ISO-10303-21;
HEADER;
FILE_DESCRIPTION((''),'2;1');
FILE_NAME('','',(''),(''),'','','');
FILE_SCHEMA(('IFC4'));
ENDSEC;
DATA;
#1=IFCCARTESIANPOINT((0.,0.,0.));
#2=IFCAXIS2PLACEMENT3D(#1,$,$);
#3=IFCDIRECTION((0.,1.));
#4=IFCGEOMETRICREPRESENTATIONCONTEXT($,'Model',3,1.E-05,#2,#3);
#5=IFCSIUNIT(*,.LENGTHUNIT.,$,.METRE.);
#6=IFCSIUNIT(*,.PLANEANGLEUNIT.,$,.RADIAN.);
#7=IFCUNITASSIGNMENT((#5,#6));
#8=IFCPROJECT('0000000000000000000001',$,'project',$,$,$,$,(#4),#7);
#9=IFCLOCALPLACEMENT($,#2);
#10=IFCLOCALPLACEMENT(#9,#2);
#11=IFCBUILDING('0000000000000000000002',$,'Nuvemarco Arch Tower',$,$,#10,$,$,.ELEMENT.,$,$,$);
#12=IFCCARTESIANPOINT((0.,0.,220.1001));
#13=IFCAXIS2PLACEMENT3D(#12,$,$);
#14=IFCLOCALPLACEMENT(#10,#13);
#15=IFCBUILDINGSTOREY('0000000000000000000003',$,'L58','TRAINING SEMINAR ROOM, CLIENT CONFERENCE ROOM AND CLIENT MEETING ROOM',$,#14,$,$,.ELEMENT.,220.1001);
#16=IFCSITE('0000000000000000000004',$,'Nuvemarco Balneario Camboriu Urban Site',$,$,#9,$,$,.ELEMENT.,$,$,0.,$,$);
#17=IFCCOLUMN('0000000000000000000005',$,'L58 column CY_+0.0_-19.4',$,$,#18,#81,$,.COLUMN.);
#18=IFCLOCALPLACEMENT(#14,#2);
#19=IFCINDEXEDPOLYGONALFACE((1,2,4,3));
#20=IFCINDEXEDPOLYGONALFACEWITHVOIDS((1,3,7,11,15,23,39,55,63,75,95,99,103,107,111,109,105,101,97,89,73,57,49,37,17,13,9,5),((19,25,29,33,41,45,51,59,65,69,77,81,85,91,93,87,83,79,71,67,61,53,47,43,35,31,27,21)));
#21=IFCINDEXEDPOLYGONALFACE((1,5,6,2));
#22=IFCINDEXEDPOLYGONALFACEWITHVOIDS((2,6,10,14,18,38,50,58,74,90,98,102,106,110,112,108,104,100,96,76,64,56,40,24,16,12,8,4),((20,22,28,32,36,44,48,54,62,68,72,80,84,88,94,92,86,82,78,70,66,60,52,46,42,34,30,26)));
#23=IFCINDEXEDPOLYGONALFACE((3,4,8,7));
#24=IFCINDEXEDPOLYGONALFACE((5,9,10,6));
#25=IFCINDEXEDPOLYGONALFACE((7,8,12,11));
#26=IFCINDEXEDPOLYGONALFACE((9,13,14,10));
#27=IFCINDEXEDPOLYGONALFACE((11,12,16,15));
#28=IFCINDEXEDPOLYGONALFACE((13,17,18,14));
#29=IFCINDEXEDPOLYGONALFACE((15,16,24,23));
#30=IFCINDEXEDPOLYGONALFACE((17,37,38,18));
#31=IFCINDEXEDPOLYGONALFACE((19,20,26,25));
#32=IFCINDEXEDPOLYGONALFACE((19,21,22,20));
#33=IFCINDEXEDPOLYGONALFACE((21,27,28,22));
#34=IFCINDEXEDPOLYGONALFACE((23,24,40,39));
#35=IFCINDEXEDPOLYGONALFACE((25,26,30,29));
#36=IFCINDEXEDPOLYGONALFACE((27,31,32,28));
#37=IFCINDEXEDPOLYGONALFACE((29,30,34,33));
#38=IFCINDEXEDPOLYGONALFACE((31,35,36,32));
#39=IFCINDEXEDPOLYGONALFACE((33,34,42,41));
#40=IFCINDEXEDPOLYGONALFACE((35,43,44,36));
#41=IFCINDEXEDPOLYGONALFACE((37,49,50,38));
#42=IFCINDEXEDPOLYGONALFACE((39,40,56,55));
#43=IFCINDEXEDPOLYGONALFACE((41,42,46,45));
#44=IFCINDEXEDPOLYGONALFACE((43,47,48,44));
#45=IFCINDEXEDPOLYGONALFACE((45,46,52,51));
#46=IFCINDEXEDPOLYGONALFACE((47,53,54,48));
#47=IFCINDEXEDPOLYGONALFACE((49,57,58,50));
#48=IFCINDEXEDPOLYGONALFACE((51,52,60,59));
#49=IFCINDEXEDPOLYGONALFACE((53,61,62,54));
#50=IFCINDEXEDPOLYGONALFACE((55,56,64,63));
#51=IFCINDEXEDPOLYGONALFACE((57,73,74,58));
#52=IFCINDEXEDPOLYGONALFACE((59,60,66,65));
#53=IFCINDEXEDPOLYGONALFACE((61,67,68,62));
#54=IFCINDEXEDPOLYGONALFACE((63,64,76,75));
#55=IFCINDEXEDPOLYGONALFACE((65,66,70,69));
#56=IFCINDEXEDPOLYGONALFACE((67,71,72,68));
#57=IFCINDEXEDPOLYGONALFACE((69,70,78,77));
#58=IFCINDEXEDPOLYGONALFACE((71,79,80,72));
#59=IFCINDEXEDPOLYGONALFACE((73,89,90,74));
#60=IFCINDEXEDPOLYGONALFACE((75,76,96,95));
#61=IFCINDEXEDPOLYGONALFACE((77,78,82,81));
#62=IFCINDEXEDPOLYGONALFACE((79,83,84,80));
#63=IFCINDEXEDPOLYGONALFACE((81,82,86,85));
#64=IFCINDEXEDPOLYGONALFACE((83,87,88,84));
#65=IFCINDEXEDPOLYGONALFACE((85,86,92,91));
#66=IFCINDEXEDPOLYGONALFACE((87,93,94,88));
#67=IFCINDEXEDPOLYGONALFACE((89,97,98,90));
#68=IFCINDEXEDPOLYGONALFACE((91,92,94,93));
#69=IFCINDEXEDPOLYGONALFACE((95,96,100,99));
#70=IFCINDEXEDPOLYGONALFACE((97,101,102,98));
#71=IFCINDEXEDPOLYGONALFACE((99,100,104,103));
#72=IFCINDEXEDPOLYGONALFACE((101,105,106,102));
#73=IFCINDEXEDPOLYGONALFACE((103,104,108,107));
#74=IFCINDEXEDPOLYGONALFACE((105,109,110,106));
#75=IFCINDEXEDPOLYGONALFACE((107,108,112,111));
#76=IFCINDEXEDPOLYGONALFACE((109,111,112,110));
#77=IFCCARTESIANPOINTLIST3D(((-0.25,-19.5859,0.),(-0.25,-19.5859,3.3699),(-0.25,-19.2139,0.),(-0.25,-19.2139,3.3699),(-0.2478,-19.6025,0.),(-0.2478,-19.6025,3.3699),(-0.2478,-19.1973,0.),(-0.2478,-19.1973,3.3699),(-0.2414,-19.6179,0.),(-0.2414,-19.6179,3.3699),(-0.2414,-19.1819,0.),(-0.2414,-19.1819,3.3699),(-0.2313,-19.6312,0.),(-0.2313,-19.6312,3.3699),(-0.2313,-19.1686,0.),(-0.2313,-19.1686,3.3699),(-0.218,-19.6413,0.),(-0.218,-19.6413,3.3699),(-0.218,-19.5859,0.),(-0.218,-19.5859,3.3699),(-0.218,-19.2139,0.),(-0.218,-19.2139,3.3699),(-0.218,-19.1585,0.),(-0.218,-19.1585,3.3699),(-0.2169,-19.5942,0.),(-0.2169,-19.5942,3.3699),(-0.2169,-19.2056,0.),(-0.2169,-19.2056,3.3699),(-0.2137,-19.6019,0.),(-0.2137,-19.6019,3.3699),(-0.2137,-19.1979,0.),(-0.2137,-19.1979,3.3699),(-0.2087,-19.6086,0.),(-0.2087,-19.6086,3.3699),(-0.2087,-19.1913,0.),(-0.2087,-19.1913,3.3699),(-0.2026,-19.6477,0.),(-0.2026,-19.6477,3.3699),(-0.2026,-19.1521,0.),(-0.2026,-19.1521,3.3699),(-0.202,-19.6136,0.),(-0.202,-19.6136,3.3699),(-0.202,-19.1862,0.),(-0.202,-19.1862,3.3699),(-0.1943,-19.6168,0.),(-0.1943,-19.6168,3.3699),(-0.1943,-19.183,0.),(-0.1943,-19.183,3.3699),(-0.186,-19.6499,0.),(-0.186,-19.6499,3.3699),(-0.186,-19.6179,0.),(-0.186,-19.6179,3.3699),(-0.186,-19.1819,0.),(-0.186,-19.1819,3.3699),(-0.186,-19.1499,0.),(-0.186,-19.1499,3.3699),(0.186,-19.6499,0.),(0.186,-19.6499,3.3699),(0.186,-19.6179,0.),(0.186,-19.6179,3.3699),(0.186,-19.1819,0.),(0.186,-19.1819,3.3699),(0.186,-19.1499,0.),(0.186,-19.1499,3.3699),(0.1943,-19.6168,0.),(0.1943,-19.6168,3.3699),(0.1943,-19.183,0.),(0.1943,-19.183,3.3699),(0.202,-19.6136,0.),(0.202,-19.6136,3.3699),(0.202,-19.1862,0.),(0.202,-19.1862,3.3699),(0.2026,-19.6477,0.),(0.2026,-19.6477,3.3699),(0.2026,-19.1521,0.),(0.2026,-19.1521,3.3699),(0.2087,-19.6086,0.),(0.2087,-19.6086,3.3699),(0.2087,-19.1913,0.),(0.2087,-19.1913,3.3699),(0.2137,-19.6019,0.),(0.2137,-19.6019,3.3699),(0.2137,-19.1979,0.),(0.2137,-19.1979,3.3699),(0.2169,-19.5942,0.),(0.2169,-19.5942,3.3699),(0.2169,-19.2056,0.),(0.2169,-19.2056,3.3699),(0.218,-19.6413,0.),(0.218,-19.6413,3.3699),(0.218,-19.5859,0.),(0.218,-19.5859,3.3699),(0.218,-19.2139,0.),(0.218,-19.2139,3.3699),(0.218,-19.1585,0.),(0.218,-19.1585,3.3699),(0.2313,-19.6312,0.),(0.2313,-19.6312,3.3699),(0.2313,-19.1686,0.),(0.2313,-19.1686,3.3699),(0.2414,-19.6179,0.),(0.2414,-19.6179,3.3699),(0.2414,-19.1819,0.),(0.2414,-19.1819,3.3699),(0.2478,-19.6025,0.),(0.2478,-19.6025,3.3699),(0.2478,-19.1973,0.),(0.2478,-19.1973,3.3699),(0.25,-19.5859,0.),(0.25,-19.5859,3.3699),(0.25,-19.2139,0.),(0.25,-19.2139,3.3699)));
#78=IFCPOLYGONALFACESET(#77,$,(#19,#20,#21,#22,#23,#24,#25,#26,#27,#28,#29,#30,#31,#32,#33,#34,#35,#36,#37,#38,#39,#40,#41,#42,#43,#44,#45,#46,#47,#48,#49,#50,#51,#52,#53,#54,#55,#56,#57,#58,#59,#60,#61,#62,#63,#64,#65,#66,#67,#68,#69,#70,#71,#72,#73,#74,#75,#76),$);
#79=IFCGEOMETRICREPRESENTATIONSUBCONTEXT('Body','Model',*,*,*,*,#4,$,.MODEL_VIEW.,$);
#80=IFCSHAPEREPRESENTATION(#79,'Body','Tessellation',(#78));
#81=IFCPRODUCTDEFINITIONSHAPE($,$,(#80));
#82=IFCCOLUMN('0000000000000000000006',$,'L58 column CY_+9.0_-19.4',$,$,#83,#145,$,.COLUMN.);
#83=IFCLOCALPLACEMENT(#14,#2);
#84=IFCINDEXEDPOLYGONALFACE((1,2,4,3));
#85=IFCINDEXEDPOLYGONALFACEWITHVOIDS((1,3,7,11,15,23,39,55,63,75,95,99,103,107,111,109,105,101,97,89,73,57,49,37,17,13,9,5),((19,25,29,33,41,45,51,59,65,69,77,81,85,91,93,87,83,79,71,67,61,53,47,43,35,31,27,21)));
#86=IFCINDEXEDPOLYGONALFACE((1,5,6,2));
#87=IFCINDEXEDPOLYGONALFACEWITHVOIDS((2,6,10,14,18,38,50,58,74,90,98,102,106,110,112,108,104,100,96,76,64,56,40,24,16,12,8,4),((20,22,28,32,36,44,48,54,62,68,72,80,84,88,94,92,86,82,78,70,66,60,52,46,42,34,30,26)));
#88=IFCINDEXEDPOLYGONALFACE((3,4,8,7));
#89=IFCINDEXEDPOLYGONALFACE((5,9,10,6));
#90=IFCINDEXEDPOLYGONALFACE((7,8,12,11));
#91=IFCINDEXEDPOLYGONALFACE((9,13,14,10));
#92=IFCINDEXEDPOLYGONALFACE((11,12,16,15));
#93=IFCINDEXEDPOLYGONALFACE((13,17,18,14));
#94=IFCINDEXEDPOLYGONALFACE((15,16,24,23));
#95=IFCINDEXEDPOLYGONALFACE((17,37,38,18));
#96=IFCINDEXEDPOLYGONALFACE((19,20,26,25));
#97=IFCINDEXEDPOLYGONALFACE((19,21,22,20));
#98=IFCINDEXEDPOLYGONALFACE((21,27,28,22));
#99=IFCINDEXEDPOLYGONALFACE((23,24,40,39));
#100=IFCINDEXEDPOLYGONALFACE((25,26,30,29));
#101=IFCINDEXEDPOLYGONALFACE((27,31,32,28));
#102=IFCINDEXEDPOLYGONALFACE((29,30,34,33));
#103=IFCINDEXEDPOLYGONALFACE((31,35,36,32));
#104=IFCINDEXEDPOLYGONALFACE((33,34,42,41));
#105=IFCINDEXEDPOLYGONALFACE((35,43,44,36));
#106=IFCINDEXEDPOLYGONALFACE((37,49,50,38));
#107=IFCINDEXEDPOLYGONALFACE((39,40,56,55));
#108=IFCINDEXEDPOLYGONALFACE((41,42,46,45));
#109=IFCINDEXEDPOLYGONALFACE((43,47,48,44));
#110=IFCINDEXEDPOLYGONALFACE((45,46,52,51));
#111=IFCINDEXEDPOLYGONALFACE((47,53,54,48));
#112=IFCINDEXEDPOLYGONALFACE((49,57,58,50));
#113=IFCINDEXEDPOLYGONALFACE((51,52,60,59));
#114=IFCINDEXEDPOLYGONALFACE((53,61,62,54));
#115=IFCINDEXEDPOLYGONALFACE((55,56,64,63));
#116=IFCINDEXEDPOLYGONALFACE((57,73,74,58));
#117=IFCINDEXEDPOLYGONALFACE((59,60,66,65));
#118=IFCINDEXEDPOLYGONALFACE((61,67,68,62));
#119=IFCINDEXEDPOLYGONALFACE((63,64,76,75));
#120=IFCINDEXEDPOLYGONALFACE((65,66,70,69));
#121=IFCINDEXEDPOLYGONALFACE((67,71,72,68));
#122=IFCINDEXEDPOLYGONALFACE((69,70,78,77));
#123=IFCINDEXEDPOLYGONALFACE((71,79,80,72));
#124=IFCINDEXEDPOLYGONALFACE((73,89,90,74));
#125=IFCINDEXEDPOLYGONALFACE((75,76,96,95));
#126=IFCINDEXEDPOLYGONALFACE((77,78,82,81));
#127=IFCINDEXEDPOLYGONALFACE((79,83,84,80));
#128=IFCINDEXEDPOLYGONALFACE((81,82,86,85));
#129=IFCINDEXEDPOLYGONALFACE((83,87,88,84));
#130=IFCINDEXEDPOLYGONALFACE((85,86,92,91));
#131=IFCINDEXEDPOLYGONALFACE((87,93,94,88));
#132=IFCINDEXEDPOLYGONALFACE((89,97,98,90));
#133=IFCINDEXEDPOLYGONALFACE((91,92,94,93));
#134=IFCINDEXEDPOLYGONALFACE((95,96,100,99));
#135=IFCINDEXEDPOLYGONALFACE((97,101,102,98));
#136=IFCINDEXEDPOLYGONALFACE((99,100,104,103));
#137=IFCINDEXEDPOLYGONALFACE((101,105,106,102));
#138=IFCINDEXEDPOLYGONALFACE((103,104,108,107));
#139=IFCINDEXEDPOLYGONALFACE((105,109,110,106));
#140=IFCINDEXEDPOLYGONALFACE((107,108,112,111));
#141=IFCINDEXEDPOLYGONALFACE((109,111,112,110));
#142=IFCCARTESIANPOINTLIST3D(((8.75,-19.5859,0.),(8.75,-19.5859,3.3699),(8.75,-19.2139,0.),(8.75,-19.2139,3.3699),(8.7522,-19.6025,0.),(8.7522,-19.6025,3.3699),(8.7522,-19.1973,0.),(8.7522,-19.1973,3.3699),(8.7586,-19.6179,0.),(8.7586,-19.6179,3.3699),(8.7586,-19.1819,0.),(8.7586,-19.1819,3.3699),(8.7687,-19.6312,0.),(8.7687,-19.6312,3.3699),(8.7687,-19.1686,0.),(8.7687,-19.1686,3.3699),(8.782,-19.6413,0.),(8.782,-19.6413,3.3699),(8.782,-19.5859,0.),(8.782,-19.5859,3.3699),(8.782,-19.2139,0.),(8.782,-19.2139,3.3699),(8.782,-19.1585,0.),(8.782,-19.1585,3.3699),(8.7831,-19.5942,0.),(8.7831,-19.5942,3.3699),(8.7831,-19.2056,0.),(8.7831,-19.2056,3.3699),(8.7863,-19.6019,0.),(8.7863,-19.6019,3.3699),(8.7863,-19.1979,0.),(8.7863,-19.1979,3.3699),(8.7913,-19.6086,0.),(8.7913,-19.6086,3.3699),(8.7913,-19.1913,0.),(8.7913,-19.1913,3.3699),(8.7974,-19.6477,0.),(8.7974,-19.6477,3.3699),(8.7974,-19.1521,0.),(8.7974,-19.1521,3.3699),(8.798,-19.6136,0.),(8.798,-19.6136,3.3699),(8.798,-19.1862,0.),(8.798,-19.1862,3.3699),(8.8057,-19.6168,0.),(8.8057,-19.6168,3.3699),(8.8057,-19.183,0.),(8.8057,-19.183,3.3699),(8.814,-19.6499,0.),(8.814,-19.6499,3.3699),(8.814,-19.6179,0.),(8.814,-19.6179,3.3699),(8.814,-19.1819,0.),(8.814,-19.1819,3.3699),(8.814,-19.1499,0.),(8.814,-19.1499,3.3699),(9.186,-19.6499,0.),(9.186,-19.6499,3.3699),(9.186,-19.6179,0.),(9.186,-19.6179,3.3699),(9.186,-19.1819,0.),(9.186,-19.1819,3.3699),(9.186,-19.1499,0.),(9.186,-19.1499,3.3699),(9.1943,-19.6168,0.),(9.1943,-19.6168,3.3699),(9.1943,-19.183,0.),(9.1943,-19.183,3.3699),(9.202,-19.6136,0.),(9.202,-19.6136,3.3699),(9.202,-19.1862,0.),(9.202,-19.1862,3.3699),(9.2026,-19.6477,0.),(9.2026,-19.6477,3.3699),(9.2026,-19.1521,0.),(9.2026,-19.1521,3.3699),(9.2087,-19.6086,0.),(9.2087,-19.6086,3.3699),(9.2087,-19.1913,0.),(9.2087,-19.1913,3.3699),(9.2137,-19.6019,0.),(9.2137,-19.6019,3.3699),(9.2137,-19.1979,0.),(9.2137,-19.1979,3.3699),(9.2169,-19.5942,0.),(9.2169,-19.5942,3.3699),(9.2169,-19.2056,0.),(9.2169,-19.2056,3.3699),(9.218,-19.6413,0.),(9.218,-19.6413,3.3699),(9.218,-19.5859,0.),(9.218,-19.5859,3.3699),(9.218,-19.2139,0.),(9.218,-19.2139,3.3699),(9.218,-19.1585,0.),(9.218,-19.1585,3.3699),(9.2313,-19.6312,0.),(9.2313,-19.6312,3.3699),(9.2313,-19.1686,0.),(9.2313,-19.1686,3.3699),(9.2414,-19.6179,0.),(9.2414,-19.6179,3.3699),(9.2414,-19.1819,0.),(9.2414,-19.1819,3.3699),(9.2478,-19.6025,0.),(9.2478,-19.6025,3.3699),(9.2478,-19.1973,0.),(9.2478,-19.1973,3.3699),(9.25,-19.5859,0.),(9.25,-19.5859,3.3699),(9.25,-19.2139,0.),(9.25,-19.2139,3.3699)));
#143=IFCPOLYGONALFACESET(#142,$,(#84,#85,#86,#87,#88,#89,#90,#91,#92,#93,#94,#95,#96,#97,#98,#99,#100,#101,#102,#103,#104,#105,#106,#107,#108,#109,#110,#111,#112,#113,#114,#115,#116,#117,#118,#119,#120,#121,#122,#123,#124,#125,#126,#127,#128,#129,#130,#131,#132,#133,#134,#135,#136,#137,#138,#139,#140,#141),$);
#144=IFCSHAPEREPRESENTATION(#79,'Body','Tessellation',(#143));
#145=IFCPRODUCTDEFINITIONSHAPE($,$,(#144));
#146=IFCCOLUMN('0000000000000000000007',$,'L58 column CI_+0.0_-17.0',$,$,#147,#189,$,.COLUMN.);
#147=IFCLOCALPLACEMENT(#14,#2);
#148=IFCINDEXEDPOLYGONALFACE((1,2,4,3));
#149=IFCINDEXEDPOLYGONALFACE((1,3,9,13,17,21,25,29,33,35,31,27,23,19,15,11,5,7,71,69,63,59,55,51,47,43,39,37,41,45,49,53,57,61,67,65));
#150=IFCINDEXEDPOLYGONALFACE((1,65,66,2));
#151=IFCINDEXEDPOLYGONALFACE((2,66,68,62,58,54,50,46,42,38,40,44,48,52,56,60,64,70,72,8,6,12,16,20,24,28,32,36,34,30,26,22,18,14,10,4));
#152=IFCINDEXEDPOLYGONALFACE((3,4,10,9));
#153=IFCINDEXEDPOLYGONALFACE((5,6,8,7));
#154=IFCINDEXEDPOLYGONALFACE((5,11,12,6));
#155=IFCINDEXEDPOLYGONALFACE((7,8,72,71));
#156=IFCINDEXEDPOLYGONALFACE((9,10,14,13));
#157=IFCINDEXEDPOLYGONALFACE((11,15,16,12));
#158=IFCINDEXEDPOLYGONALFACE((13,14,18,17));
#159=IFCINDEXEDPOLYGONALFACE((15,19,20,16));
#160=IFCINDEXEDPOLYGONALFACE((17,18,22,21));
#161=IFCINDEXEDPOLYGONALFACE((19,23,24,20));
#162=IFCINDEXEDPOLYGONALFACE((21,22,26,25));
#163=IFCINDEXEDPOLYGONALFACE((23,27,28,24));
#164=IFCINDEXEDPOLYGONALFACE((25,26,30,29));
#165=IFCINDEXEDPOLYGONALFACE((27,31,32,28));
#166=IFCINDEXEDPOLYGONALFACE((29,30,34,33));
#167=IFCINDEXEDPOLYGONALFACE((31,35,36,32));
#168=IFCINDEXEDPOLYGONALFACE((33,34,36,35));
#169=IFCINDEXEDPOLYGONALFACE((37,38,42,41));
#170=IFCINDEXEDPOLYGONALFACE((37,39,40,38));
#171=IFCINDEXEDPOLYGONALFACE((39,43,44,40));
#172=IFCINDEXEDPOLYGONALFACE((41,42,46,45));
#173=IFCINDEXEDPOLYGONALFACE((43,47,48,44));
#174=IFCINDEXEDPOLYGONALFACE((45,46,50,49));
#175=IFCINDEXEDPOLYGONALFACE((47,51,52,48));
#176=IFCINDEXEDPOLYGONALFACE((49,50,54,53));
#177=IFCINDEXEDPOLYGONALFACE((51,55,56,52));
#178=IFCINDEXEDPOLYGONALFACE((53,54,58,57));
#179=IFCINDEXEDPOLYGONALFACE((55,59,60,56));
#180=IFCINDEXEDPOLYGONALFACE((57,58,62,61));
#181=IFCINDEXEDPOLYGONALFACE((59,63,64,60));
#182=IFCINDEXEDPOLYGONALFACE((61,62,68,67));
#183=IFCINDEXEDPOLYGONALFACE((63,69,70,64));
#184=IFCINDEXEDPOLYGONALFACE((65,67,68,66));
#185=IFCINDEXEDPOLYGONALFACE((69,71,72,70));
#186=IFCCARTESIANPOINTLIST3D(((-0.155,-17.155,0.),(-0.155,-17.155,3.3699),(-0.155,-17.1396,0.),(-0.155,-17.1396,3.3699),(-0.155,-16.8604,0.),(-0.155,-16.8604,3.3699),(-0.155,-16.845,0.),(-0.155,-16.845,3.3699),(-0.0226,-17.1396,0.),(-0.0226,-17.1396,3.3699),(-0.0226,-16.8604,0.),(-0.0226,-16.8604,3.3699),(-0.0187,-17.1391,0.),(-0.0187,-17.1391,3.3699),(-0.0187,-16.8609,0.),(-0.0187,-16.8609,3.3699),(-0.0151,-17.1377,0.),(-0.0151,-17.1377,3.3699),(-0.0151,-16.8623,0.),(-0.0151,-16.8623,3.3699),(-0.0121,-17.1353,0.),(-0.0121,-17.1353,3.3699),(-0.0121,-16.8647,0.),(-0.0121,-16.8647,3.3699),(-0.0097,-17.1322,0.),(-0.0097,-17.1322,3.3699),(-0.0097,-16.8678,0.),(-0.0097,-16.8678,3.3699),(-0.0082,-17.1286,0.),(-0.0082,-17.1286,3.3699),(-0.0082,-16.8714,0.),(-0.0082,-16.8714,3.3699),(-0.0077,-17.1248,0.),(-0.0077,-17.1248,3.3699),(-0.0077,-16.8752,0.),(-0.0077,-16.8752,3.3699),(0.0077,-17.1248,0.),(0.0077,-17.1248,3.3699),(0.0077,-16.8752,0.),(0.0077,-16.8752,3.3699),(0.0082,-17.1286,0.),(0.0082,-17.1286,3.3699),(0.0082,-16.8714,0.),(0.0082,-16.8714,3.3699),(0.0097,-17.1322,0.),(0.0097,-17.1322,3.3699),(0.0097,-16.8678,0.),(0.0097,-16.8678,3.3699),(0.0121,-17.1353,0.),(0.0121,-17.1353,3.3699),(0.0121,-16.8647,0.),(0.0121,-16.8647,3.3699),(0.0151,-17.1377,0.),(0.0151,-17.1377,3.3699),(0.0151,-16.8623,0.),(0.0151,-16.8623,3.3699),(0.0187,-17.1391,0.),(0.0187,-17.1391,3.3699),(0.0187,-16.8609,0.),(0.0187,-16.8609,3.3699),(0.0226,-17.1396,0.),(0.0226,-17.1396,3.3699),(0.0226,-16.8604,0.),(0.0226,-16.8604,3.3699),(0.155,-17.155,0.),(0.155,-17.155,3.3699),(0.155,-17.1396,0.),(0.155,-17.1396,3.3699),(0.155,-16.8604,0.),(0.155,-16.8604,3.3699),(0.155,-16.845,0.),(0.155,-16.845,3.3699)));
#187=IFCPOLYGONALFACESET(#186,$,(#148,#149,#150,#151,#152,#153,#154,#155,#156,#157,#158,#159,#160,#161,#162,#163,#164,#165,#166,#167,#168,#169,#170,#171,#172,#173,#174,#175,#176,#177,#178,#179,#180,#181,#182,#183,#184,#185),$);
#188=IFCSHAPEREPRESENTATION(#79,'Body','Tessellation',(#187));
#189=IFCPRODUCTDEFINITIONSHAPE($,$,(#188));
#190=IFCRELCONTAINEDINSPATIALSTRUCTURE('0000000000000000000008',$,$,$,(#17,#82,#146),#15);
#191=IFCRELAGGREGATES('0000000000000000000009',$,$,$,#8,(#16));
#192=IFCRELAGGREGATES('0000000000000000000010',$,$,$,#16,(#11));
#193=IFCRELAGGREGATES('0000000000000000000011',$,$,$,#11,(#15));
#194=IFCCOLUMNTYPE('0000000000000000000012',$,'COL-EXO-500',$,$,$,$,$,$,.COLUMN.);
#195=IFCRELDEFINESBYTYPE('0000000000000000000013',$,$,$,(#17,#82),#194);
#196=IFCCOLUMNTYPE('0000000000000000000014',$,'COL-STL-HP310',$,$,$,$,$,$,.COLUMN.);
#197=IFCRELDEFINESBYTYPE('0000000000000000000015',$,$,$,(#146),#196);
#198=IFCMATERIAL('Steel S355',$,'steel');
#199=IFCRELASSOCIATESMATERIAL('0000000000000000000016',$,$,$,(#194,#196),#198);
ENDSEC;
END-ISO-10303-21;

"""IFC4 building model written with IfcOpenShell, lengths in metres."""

from ifc_helpers import new_model, si_unit, direction, frame, origin, origin_2d, place, context, subcontext, project, spatial, hollow_rectangle, i_section, extrude, material, material_profile, profile_set, type_object, element, save


model = new_model("IFC4")

# Units and contexts
model_context = context("Model", 3, precision=1e-05, world=origin(), true_north=direction((0.0, 1.0)))
body_context = subcontext(model_context, "Body", "Model", "MODEL_VIEW")
ifc_project = project(units=[si_unit("LENGTHUNIT", "METRE"), si_unit("PLANEANGLEUNIT", "RADIAN")], contexts=[model_context])

# Site, building, storey
site_placement = place(None, origin())
site = spatial("IfcSite", under=ifc_project, at=site_placement, Name="Nuvemarco Balneario Camboriu Urban Site", CompositionType="ELEMENT", RefElevation=0.0)
building_placement = place(site_placement, origin())
building = spatial("IfcBuilding", under=site, at=building_placement, Name="Nuvemarco Arch Tower", CompositionType="ELEMENT")
storey_placement = place(building_placement, frame((0.0, 0.0, 220.1001)))
storey = spatial("IfcBuildingStorey", under=building, at=storey_placement, Name="L58", Description="TRAINING SEMINAR ROOM, CLIENT CONFERENCE ROOM AND CLIENT MEETING ROOM", CompositionType="ELEMENT", Elevation=220.1001)

# Columns
ifc_material_1 = material(Name="Steel S355", Category="steel")
ifc_material_profile_1 = material_profile(ifc_material_1, hollow_rectangle(XDim=0.5, YDim=0.5, WallThickness=0.032, InnerFilletRadius=0.032, OuterFilletRadius=0.064, at=origin_2d()), Name="SHS500x500x32")
ifc_profile_set_1 = profile_set([ifc_material_profile_1], Name="Steel S355")
column_type_1 = type_object("IfcColumnType", Name="COL-EXO-500", PredefinedType="COLUMN", material=ifc_profile_set_1)
for number, where, z_axis, x_axis, name in (
    (1, (0.0, -19.3999, 0.0), (0.0, 0.0, 1.0), (1.0, 0.0, 0.0), "L58 column CY_+0.0_-19.4"),
    (2, (9.0, -19.3999, 0.0), (0.0, 0.0, 1.0), (1.0, 0.0, 0.0), "L58 column CY_+9.0_-19.4"),
):
    element("IfcColumn", number, at=place(storey_placement, frame(where, z_axis=z_axis, x_axis=x_axis)), inside=storey, type_object=column_type_1, Name=name, PredefinedType="COLUMN", context=body_context, shape_type="SweptSolid", body=[
        extrude(hollow_rectangle(XDim=0.5, YDim=0.5, WallThickness=0.032, InnerFilletRadius=0.032, OuterFilletRadius=0.064, at=origin_2d()), origin(), (0.0, 0.0, 1.0), 3.3699),
    ])
ifc_material_profile_2 = material_profile(ifc_material_1, i_section(OverallWidth=0.3101, OverallDepth=0.3101, WebThickness=0.0154, FlangeThickness=0.0154, FilletRadius=0.0149, at=origin_2d()), Name="HP310x110")
ifc_profile_set_2 = profile_set([ifc_material_profile_2], Name="Steel S355")
column_type_2 = type_object("IfcColumnType", Name="COL-STL-HP310", PredefinedType="COLUMN", material=ifc_profile_set_2)
for number, where, z_axis, x_axis, name in (
    (3, (0.0, -17.0, 0.0), (0.0, 0.0, 1.0), (1.0, 0.0, 0.0), "L58 column CI_+0.0_-17.0"),
):
    element("IfcColumn", number, at=place(storey_placement, frame(where, z_axis=z_axis, x_axis=x_axis)), inside=storey, type_object=column_type_2, Name=name, PredefinedType="COLUMN", context=body_context, shape_type="SweptSolid", body=[
        extrude(i_section(OverallWidth=0.3101, OverallDepth=0.3101, WebThickness=0.0154, FlangeThickness=0.0154, FilletRadius=0.0149, at=origin_2d()), origin(), (0.0, 0.0, 1.0), 3.3699),
    ])

save(model, "model.ifc")
